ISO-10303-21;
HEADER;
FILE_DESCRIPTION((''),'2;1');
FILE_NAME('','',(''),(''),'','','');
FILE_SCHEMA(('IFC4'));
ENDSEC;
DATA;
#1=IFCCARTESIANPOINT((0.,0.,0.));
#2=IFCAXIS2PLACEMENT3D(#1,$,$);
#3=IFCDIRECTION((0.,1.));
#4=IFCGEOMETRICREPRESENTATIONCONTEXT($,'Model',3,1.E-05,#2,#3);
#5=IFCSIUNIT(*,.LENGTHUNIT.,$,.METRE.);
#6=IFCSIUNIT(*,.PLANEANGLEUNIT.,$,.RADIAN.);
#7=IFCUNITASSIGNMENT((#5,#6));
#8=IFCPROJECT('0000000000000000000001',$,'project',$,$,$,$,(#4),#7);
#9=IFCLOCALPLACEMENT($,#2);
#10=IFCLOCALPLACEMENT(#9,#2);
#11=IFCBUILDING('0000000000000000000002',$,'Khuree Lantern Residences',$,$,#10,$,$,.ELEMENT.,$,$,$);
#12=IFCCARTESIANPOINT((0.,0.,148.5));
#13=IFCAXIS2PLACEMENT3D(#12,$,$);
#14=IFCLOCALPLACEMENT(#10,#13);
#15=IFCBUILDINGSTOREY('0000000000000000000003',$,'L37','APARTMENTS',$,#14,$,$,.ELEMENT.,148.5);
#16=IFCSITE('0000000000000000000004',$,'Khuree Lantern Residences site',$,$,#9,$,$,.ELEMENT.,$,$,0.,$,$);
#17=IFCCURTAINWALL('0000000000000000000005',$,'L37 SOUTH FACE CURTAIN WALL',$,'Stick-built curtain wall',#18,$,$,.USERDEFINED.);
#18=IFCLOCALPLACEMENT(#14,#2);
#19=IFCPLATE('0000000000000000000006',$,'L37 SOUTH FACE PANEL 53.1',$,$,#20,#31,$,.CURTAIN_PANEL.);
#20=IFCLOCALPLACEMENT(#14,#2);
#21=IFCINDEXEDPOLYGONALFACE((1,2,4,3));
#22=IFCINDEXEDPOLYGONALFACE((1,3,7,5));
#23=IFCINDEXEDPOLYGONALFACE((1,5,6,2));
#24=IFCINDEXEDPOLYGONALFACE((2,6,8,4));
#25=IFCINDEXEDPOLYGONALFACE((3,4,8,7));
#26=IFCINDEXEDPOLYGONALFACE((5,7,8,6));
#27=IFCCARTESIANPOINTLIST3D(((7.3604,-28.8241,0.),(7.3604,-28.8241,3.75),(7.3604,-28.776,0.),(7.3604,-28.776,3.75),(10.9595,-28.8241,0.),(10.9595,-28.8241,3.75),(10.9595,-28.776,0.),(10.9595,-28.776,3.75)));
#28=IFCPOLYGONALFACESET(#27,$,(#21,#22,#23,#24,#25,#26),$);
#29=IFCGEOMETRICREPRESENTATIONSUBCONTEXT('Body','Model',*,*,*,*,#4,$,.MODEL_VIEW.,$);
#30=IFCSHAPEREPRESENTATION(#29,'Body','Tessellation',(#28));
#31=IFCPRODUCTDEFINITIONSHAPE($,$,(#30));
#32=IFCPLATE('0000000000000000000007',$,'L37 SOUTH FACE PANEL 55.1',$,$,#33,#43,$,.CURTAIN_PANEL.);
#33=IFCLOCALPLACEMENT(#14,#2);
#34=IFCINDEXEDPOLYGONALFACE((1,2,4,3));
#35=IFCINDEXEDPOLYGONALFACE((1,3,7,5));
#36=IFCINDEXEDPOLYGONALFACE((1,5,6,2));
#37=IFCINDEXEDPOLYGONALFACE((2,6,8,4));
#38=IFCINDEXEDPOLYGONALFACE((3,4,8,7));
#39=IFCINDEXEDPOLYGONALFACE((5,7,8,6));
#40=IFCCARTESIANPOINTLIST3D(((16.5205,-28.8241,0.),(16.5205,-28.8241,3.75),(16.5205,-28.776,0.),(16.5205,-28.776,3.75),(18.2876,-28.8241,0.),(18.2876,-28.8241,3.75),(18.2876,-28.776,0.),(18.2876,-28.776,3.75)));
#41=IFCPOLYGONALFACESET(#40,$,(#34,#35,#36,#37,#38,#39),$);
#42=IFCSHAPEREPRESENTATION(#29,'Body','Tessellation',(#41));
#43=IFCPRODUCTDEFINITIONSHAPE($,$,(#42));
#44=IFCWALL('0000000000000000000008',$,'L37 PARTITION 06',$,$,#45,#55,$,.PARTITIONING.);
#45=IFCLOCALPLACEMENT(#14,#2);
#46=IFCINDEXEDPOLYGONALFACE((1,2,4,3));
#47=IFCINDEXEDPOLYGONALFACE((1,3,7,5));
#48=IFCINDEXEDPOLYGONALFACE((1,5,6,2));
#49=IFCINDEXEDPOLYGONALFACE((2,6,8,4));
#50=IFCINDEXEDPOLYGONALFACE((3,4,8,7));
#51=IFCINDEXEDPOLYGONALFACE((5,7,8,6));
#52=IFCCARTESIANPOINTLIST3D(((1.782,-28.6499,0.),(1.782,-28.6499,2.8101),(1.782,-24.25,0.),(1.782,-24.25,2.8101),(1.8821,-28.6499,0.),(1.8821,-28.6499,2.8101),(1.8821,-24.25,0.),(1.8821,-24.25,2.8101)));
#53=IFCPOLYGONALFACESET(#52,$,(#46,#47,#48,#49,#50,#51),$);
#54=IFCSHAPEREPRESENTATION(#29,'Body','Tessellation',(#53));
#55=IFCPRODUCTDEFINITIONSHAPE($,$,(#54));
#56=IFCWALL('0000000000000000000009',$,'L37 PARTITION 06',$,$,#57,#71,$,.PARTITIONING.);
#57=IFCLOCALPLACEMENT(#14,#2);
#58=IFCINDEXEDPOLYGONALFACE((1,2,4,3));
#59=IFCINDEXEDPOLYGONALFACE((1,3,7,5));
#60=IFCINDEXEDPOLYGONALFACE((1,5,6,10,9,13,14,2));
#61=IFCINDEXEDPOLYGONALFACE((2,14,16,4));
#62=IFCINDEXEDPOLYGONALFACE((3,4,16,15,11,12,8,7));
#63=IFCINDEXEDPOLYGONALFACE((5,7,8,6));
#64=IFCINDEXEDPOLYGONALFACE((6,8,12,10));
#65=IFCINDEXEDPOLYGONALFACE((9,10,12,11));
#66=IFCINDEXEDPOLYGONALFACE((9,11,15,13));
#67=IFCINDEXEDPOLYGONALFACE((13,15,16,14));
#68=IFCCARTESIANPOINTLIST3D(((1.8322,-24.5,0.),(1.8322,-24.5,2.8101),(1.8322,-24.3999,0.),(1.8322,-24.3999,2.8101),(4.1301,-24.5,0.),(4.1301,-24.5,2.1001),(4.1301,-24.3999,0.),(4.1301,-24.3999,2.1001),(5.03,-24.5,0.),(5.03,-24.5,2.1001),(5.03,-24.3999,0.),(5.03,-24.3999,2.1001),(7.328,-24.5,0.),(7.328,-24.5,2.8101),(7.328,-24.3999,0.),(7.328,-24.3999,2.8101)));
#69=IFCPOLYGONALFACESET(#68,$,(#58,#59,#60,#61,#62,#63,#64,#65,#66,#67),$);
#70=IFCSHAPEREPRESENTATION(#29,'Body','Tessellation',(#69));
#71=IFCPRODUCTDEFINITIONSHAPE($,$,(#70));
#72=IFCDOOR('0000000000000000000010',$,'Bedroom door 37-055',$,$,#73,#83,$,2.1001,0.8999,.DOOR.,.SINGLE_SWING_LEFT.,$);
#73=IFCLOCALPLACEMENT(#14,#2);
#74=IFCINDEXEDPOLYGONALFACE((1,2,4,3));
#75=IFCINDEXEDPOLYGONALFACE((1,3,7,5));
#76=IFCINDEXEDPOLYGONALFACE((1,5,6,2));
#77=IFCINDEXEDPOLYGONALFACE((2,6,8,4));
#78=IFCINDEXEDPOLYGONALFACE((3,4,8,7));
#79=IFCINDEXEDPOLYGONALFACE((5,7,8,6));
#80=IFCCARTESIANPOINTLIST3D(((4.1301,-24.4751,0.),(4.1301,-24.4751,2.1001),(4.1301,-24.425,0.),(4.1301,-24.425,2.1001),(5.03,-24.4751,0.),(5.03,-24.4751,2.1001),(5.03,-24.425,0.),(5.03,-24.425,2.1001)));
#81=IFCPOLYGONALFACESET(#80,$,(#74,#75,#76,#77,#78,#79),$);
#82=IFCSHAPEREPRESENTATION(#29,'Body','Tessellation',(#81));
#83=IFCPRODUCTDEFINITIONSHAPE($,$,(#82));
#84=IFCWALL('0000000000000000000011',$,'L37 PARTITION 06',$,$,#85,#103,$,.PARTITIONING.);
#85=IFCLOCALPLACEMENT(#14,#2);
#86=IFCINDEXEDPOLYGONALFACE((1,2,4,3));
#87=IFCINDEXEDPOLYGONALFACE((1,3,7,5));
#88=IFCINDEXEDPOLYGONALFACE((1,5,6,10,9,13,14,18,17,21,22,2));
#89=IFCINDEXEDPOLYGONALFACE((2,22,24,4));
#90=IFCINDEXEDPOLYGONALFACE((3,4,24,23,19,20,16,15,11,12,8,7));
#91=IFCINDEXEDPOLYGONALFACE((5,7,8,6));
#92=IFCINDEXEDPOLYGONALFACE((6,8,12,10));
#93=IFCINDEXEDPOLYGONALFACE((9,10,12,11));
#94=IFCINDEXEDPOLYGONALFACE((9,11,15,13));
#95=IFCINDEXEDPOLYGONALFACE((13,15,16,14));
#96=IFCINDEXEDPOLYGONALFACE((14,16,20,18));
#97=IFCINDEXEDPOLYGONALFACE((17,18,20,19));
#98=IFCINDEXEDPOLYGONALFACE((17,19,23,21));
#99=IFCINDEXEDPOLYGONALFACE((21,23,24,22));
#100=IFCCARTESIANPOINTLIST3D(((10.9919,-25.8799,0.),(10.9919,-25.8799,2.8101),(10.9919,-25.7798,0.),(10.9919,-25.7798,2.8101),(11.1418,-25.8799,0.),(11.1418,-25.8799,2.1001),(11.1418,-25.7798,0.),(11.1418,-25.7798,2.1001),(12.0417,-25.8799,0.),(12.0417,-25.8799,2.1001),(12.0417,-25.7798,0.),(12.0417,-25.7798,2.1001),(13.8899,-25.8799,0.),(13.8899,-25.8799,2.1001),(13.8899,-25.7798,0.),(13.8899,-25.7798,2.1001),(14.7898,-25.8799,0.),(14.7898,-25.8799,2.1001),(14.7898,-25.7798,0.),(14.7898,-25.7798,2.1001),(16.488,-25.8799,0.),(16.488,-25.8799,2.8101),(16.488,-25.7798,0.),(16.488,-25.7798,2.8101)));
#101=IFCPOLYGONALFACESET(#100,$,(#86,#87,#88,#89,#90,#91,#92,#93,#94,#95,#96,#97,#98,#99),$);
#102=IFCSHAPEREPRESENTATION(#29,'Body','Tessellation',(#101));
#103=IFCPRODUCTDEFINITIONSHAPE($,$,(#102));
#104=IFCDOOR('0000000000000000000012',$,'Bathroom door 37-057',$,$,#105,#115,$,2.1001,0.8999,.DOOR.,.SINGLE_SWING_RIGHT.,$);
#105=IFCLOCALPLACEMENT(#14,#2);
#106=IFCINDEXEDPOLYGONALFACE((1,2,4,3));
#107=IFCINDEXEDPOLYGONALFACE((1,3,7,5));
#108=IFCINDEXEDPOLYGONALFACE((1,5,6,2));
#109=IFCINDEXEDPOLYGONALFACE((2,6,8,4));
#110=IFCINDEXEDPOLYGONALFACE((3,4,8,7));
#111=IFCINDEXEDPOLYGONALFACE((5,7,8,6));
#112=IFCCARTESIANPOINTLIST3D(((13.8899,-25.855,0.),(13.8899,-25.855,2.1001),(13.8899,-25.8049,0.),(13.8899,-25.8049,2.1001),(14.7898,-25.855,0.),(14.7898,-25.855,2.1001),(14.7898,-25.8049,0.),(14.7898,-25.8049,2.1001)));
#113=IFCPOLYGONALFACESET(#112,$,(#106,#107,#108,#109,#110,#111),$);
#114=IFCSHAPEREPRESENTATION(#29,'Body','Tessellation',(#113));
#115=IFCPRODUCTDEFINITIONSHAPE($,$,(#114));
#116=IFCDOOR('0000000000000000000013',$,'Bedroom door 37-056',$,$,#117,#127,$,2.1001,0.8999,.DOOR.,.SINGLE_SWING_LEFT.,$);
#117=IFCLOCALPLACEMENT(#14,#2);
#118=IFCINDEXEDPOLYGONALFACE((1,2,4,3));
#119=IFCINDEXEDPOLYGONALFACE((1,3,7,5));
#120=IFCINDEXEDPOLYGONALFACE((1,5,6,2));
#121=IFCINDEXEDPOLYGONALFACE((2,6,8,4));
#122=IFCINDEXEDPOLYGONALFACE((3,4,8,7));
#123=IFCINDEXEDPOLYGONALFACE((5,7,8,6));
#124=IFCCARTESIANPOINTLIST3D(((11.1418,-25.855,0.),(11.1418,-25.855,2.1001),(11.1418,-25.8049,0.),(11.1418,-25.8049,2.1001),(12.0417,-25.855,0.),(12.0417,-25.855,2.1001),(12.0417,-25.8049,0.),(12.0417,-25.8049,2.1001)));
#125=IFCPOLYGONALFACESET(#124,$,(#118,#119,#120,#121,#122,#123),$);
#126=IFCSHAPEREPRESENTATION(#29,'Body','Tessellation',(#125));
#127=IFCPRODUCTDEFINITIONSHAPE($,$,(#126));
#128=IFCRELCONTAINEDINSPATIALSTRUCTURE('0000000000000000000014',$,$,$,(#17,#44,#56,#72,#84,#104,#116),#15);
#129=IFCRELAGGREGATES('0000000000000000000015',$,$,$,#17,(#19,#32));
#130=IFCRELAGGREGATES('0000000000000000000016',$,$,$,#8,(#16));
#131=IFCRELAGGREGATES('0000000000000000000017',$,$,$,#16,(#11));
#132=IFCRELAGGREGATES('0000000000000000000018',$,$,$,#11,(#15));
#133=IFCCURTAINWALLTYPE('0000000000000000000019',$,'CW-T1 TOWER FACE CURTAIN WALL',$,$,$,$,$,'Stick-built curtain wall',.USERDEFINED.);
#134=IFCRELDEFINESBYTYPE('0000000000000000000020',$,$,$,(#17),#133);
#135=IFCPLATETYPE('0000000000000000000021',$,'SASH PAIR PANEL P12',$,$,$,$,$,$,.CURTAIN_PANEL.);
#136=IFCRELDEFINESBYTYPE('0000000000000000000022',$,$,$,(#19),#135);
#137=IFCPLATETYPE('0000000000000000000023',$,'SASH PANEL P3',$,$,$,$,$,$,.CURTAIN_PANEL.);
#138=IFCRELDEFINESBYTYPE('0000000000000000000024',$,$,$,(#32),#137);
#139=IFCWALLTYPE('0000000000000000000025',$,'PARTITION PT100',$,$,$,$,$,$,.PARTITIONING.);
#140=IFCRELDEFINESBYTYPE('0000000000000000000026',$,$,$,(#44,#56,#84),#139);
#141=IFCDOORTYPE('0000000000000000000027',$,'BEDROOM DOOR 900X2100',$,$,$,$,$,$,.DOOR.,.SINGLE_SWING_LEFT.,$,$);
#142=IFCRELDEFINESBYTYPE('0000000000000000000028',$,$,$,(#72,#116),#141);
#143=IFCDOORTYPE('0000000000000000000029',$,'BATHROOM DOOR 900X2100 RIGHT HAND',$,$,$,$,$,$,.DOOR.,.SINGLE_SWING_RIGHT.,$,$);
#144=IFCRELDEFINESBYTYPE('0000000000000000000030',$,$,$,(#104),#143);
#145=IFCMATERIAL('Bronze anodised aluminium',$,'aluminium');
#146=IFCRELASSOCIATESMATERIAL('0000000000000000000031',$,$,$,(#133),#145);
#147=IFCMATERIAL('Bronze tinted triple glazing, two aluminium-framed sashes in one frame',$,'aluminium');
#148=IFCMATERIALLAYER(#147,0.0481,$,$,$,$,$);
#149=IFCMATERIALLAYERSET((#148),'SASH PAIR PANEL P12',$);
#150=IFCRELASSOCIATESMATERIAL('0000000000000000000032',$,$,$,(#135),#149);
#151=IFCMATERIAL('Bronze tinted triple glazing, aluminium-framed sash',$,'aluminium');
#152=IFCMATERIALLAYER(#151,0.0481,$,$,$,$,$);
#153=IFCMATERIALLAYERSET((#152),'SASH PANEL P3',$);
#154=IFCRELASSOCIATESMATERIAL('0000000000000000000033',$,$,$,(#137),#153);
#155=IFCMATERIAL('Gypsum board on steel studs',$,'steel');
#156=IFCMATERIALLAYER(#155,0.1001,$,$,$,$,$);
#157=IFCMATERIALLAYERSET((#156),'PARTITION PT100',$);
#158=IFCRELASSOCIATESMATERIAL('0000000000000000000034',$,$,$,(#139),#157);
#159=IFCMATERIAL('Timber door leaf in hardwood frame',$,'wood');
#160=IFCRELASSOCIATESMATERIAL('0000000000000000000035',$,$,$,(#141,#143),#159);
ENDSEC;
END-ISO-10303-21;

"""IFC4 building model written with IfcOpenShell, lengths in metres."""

from ifc_helpers import new_model, si_unit, direction, frame, frame_2d, origin, origin_2d, place, context, subcontext, project, spatial, rectangle, extrude, material, layer, layer_set, type_object, element, fill, aggregate, save


model = new_model("IFC4")

# Units and contexts
model_context = context("Model", 3, precision=1e-05, world=origin(), true_north=direction((0.0, 1.0)))
body_context = subcontext(model_context, "Body", "Model", "MODEL_VIEW")
ifc_project = project(units=[si_unit("LENGTHUNIT", "METRE"), si_unit("PLANEANGLEUNIT", "RADIAN")], contexts=[model_context])

# Site, building, storey
site_placement = place(None, origin())
site = spatial("IfcSite", under=ifc_project, at=site_placement, Name="Khuree Lantern Residences site", CompositionType="ELEMENT", RefElevation=0.0)
building_placement = place(site_placement, origin())
building = spatial("IfcBuilding", under=site, at=building_placement, Name="Khuree Lantern Residences", CompositionType="ELEMENT")
storey_placement = place(building_placement, frame((0.0, 0.0, 148.5)))
storey = spatial("IfcBuildingStorey", under=building, at=storey_placement, Name="L37", Description="APARTMENTS", CompositionType="ELEMENT", Elevation=148.5)

# Curtain wall
ifc_material_1 = material(Name="Bronze anodised aluminium", Category="aluminium")
curtain_wall_type = type_object("IfcCurtainWallType", Name="CW-T1 TOWER FACE CURTAIN WALL", ElementType="Stick-built curtain wall", PredefinedType="USERDEFINED", material=ifc_material_1)
curtain_wall_placement = place(storey_placement, origin())
curtain_wall = element("IfcCurtainWall", 1, at=curtain_wall_placement, inside=storey, type_object=curtain_wall_type, Name="L37 SOUTH FACE CURTAIN WALL", ObjectType="Stick-built curtain wall", PredefinedType="USERDEFINED")

# Plates
ifc_material_2 = material(Name="Bronze tinted triple glazing, two aluminium-framed sashes in one frame", Category="aluminium")
ifc_layer_1 = layer(ifc_material_2, 0.0481)
ifc_layer_set_1 = layer_set([ifc_layer_1], Name="SASH PAIR PANEL P12")
plate_type_1 = type_object("IfcPlateType", Name="SASH PAIR PANEL P12", PredefinedType="CURTAIN_PANEL", material=ifc_layer_set_1)
plate_1_placement = place(storey_placement, frame((9.1599, -28.8, 0.0), z_axis=(0.0, 0.0, 1.0), x_axis=(1.0, 0.0, 0.0)))
plate_1 = element("IfcPlate", 2, at=plate_1_placement, type_object=plate_type_1, Name="L37 SOUTH FACE PANEL 53.1", PredefinedType="CURTAIN_PANEL", context=body_context, shape_type="SweptSolid", body=[
    extrude(rectangle(XDim=3.5991, YDim=0.0481, at=origin_2d()), origin(), (0.0, 0.0, 1.0), 3.75),
])
ifc_material_3 = material(Name="Bronze tinted triple glazing, aluminium-framed sash", Category="aluminium")
ifc_layer_2 = layer(ifc_material_3, 0.0481)
ifc_layer_set_2 = layer_set([ifc_layer_2], Name="SASH PANEL P3")
plate_type_2 = type_object("IfcPlateType", Name="SASH PANEL P3", PredefinedType="CURTAIN_PANEL", material=ifc_layer_set_2)
plate_2_placement = place(storey_placement, frame((17.4041, -28.8, 0.0), z_axis=(0.0, 0.0, 1.0), x_axis=(1.0, 0.0, 0.0)))
plate_2 = element("IfcPlate", 3, at=plate_2_placement, type_object=plate_type_2, Name="L37 SOUTH FACE PANEL 55.1", PredefinedType="CURTAIN_PANEL", context=body_context, shape_type="SweptSolid", body=[
    extrude(rectangle(XDim=1.7671, YDim=0.0481, at=origin_2d()), origin(), (0.0, 0.0, 1.0), 3.75),
])
aggregate(curtain_wall, [plate_1, plate_2])

# Wall
ifc_material_4 = material(Name="Gypsum board on steel studs", Category="steel")
ifc_layer_3 = layer(ifc_material_4, 0.1001)
ifc_layer_set_3 = layer_set([ifc_layer_3], Name="PARTITION PT100")
wall_type = type_object("IfcWallType", Name="PARTITION PT100", PredefinedType="PARTITIONING", material=ifc_layer_set_3)
wall_1_placement = place(storey_placement, frame((1.832, -24.25, 0.0), z_axis=(0.0, 0.0, 1.0), x_axis=(0.0, -1.0, 0.0)))
element("IfcWall", 4, at=wall_1_placement, inside=storey, type_object=wall_type, Name="L37 PARTITION 06", PredefinedType="PARTITIONING", context=body_context, shape_type="SweptSolid", body=[
    extrude(rectangle(XDim=4.3999, YDim=0.1001, at=frame_2d((2.2, 0.0))), origin(), (0.0, 0.0, 1.0), 2.8101),
])

# Wall, opening, door
wall_2_placement = place(storey_placement, frame((1.832, -24.45, 0.0), z_axis=(0.0, 0.0, 1.0), x_axis=(1.0, 0.0, 0.0)))
wall_2 = element("IfcWall", 5, at=wall_2_placement, inside=storey, type_object=wall_type, Name="L37 PARTITION 06", PredefinedType="PARTITIONING", context=body_context, shape_type="SweptSolid", body=[
    extrude(rectangle(XDim=5.4958, YDim=0.1001, at=frame_2d((2.748, 0.0))), origin(), (0.0, 0.0, 1.0), 2.8101),
])
opening_1_placement = place(wall_2_placement, frame((2.2981, 0.0, 0.0)))
opening_1 = element("IfcOpeningElement", 6, at=opening_1_placement, cuts=wall_2, PredefinedType="OPENING", context=body_context, shape_type="SweptSolid", body=[
    extrude(rectangle(XDim=0.8999, YDim=2.1001, at=frame_2d((0.45, 1.05))), frame((0.0, 0.0601, 0.0), z_axis=(0.0, -1.0, 0.0), x_axis=(1.0, 0.0, 0.0)), (0.0, 0.0, 1.0), 0.1201),
])
ifc_material_5 = material(Name="Timber door leaf in hardwood frame", Category="wood")
door_type_1 = type_object("IfcDoorType", Name="BEDROOM DOOR 900X2100", OperationType="SINGLE_SWING_LEFT", PredefinedType="DOOR", material=ifc_material_5)
door_1_placement = place(opening_1_placement, origin())
door_1 = element("IfcDoor", 7, at=door_1_placement, inside=storey, type_object=door_type_1, Name="Bedroom door 37-055", OperationType="SINGLE_SWING_LEFT", OverallHeight=2.1001, OverallWidth=0.8999, PredefinedType="DOOR", context=body_context, shape_type="SweptSolid", body=[
    extrude(rectangle(XDim=0.8999, YDim=2.1001, at=frame_2d((0.45, 1.05))), frame((0.0, 0.0249, 0.0), z_axis=(0.0, -1.0, 0.0), x_axis=(1.0, 0.0, 0.0)), (0.0, 0.0, 1.0), 0.05),
])
fill(opening_1, door_1)

# Wall, openings, doors
wall_3_placement = place(storey_placement, frame((10.9919, -25.8298, 0.0), z_axis=(0.0, 0.0, 1.0), x_axis=(1.0, 0.0, 0.0)))
wall_3 = element("IfcWall", 8, at=wall_3_placement, inside=storey, type_object=wall_type, Name="L37 PARTITION 06", PredefinedType="PARTITIONING", context=body_context, shape_type="SweptSolid", body=[
    extrude(rectangle(XDim=5.4961, YDim=0.1001, at=frame_2d((2.748, 0.0))), origin(), (0.0, 0.0, 1.0), 2.8101),
])
opening_2_placement = place(wall_3_placement, frame((0.1499, 0.0, 0.0)))
opening_2 = element("IfcOpeningElement", 9, at=opening_2_placement, cuts=wall_3, PredefinedType="OPENING", context=body_context, shape_type="SweptSolid", body=[
    extrude(rectangle(XDim=0.8999, YDim=2.1001, at=frame_2d((0.45, 1.05))), frame((0.0, 0.0601, 0.0), z_axis=(0.0, -1.0, 0.0), x_axis=(1.0, 0.0, 0.0)), (0.0, 0.0, 1.0), 0.1201),
])
opening_3_placement = place(wall_3_placement, frame((2.8979, 0.0, 0.0)))
opening_3 = element("IfcOpeningElement", 10, at=opening_3_placement, cuts=wall_3, PredefinedType="OPENING", context=body_context, shape_type="SweptSolid", body=[
    extrude(rectangle(XDim=0.8999, YDim=2.1001, at=frame_2d((0.45, 1.05))), frame((0.0, 0.0601, 0.0), z_axis=(0.0, -1.0, 0.0), x_axis=(1.0, 0.0, 0.0)), (0.0, 0.0, 1.0), 0.1201),
])
door_type_2 = type_object("IfcDoorType", Name="BATHROOM DOOR 900X2100 RIGHT HAND", OperationType="SINGLE_SWING_RIGHT", PredefinedType="DOOR", material=ifc_material_5)
door_2_placement = place(opening_3_placement, origin())
door_2 = element("IfcDoor", 11, at=door_2_placement, inside=storey, type_object=door_type_2, Name="Bathroom door 37-057", OperationType="SINGLE_SWING_RIGHT", OverallHeight=2.1001, OverallWidth=0.8999, PredefinedType="DOOR", context=body_context, shape_type="SweptSolid", body=[
    extrude(rectangle(XDim=0.8999, YDim=2.1001, at=frame_2d((0.45, 1.05))), frame((0.0, 0.0249, 0.0), z_axis=(0.0, -1.0, 0.0), x_axis=(1.0, 0.0, 0.0)), (0.0, 0.0, 1.0), 0.05),
])
fill(opening_3, door_2)
door_3_placement = place(opening_2_placement, origin())
door_3 = element("IfcDoor", 12, at=door_3_placement, inside=storey, type_object=door_type_1, Name="Bedroom door 37-056", OperationType="SINGLE_SWING_LEFT", OverallHeight=2.1001, OverallWidth=0.8999, PredefinedType="DOOR", context=body_context, shape_type="SweptSolid", body=[
    extrude(rectangle(XDim=0.8999, YDim=2.1001, at=frame_2d((0.45, 1.05))), frame((0.0, 0.0249, 0.0), z_axis=(0.0, -1.0, 0.0), x_axis=(1.0, 0.0, 0.0)), (0.0, 0.0, 1.0), 0.05),
])
fill(opening_2, door_3)

save(model, "model.ifc")
